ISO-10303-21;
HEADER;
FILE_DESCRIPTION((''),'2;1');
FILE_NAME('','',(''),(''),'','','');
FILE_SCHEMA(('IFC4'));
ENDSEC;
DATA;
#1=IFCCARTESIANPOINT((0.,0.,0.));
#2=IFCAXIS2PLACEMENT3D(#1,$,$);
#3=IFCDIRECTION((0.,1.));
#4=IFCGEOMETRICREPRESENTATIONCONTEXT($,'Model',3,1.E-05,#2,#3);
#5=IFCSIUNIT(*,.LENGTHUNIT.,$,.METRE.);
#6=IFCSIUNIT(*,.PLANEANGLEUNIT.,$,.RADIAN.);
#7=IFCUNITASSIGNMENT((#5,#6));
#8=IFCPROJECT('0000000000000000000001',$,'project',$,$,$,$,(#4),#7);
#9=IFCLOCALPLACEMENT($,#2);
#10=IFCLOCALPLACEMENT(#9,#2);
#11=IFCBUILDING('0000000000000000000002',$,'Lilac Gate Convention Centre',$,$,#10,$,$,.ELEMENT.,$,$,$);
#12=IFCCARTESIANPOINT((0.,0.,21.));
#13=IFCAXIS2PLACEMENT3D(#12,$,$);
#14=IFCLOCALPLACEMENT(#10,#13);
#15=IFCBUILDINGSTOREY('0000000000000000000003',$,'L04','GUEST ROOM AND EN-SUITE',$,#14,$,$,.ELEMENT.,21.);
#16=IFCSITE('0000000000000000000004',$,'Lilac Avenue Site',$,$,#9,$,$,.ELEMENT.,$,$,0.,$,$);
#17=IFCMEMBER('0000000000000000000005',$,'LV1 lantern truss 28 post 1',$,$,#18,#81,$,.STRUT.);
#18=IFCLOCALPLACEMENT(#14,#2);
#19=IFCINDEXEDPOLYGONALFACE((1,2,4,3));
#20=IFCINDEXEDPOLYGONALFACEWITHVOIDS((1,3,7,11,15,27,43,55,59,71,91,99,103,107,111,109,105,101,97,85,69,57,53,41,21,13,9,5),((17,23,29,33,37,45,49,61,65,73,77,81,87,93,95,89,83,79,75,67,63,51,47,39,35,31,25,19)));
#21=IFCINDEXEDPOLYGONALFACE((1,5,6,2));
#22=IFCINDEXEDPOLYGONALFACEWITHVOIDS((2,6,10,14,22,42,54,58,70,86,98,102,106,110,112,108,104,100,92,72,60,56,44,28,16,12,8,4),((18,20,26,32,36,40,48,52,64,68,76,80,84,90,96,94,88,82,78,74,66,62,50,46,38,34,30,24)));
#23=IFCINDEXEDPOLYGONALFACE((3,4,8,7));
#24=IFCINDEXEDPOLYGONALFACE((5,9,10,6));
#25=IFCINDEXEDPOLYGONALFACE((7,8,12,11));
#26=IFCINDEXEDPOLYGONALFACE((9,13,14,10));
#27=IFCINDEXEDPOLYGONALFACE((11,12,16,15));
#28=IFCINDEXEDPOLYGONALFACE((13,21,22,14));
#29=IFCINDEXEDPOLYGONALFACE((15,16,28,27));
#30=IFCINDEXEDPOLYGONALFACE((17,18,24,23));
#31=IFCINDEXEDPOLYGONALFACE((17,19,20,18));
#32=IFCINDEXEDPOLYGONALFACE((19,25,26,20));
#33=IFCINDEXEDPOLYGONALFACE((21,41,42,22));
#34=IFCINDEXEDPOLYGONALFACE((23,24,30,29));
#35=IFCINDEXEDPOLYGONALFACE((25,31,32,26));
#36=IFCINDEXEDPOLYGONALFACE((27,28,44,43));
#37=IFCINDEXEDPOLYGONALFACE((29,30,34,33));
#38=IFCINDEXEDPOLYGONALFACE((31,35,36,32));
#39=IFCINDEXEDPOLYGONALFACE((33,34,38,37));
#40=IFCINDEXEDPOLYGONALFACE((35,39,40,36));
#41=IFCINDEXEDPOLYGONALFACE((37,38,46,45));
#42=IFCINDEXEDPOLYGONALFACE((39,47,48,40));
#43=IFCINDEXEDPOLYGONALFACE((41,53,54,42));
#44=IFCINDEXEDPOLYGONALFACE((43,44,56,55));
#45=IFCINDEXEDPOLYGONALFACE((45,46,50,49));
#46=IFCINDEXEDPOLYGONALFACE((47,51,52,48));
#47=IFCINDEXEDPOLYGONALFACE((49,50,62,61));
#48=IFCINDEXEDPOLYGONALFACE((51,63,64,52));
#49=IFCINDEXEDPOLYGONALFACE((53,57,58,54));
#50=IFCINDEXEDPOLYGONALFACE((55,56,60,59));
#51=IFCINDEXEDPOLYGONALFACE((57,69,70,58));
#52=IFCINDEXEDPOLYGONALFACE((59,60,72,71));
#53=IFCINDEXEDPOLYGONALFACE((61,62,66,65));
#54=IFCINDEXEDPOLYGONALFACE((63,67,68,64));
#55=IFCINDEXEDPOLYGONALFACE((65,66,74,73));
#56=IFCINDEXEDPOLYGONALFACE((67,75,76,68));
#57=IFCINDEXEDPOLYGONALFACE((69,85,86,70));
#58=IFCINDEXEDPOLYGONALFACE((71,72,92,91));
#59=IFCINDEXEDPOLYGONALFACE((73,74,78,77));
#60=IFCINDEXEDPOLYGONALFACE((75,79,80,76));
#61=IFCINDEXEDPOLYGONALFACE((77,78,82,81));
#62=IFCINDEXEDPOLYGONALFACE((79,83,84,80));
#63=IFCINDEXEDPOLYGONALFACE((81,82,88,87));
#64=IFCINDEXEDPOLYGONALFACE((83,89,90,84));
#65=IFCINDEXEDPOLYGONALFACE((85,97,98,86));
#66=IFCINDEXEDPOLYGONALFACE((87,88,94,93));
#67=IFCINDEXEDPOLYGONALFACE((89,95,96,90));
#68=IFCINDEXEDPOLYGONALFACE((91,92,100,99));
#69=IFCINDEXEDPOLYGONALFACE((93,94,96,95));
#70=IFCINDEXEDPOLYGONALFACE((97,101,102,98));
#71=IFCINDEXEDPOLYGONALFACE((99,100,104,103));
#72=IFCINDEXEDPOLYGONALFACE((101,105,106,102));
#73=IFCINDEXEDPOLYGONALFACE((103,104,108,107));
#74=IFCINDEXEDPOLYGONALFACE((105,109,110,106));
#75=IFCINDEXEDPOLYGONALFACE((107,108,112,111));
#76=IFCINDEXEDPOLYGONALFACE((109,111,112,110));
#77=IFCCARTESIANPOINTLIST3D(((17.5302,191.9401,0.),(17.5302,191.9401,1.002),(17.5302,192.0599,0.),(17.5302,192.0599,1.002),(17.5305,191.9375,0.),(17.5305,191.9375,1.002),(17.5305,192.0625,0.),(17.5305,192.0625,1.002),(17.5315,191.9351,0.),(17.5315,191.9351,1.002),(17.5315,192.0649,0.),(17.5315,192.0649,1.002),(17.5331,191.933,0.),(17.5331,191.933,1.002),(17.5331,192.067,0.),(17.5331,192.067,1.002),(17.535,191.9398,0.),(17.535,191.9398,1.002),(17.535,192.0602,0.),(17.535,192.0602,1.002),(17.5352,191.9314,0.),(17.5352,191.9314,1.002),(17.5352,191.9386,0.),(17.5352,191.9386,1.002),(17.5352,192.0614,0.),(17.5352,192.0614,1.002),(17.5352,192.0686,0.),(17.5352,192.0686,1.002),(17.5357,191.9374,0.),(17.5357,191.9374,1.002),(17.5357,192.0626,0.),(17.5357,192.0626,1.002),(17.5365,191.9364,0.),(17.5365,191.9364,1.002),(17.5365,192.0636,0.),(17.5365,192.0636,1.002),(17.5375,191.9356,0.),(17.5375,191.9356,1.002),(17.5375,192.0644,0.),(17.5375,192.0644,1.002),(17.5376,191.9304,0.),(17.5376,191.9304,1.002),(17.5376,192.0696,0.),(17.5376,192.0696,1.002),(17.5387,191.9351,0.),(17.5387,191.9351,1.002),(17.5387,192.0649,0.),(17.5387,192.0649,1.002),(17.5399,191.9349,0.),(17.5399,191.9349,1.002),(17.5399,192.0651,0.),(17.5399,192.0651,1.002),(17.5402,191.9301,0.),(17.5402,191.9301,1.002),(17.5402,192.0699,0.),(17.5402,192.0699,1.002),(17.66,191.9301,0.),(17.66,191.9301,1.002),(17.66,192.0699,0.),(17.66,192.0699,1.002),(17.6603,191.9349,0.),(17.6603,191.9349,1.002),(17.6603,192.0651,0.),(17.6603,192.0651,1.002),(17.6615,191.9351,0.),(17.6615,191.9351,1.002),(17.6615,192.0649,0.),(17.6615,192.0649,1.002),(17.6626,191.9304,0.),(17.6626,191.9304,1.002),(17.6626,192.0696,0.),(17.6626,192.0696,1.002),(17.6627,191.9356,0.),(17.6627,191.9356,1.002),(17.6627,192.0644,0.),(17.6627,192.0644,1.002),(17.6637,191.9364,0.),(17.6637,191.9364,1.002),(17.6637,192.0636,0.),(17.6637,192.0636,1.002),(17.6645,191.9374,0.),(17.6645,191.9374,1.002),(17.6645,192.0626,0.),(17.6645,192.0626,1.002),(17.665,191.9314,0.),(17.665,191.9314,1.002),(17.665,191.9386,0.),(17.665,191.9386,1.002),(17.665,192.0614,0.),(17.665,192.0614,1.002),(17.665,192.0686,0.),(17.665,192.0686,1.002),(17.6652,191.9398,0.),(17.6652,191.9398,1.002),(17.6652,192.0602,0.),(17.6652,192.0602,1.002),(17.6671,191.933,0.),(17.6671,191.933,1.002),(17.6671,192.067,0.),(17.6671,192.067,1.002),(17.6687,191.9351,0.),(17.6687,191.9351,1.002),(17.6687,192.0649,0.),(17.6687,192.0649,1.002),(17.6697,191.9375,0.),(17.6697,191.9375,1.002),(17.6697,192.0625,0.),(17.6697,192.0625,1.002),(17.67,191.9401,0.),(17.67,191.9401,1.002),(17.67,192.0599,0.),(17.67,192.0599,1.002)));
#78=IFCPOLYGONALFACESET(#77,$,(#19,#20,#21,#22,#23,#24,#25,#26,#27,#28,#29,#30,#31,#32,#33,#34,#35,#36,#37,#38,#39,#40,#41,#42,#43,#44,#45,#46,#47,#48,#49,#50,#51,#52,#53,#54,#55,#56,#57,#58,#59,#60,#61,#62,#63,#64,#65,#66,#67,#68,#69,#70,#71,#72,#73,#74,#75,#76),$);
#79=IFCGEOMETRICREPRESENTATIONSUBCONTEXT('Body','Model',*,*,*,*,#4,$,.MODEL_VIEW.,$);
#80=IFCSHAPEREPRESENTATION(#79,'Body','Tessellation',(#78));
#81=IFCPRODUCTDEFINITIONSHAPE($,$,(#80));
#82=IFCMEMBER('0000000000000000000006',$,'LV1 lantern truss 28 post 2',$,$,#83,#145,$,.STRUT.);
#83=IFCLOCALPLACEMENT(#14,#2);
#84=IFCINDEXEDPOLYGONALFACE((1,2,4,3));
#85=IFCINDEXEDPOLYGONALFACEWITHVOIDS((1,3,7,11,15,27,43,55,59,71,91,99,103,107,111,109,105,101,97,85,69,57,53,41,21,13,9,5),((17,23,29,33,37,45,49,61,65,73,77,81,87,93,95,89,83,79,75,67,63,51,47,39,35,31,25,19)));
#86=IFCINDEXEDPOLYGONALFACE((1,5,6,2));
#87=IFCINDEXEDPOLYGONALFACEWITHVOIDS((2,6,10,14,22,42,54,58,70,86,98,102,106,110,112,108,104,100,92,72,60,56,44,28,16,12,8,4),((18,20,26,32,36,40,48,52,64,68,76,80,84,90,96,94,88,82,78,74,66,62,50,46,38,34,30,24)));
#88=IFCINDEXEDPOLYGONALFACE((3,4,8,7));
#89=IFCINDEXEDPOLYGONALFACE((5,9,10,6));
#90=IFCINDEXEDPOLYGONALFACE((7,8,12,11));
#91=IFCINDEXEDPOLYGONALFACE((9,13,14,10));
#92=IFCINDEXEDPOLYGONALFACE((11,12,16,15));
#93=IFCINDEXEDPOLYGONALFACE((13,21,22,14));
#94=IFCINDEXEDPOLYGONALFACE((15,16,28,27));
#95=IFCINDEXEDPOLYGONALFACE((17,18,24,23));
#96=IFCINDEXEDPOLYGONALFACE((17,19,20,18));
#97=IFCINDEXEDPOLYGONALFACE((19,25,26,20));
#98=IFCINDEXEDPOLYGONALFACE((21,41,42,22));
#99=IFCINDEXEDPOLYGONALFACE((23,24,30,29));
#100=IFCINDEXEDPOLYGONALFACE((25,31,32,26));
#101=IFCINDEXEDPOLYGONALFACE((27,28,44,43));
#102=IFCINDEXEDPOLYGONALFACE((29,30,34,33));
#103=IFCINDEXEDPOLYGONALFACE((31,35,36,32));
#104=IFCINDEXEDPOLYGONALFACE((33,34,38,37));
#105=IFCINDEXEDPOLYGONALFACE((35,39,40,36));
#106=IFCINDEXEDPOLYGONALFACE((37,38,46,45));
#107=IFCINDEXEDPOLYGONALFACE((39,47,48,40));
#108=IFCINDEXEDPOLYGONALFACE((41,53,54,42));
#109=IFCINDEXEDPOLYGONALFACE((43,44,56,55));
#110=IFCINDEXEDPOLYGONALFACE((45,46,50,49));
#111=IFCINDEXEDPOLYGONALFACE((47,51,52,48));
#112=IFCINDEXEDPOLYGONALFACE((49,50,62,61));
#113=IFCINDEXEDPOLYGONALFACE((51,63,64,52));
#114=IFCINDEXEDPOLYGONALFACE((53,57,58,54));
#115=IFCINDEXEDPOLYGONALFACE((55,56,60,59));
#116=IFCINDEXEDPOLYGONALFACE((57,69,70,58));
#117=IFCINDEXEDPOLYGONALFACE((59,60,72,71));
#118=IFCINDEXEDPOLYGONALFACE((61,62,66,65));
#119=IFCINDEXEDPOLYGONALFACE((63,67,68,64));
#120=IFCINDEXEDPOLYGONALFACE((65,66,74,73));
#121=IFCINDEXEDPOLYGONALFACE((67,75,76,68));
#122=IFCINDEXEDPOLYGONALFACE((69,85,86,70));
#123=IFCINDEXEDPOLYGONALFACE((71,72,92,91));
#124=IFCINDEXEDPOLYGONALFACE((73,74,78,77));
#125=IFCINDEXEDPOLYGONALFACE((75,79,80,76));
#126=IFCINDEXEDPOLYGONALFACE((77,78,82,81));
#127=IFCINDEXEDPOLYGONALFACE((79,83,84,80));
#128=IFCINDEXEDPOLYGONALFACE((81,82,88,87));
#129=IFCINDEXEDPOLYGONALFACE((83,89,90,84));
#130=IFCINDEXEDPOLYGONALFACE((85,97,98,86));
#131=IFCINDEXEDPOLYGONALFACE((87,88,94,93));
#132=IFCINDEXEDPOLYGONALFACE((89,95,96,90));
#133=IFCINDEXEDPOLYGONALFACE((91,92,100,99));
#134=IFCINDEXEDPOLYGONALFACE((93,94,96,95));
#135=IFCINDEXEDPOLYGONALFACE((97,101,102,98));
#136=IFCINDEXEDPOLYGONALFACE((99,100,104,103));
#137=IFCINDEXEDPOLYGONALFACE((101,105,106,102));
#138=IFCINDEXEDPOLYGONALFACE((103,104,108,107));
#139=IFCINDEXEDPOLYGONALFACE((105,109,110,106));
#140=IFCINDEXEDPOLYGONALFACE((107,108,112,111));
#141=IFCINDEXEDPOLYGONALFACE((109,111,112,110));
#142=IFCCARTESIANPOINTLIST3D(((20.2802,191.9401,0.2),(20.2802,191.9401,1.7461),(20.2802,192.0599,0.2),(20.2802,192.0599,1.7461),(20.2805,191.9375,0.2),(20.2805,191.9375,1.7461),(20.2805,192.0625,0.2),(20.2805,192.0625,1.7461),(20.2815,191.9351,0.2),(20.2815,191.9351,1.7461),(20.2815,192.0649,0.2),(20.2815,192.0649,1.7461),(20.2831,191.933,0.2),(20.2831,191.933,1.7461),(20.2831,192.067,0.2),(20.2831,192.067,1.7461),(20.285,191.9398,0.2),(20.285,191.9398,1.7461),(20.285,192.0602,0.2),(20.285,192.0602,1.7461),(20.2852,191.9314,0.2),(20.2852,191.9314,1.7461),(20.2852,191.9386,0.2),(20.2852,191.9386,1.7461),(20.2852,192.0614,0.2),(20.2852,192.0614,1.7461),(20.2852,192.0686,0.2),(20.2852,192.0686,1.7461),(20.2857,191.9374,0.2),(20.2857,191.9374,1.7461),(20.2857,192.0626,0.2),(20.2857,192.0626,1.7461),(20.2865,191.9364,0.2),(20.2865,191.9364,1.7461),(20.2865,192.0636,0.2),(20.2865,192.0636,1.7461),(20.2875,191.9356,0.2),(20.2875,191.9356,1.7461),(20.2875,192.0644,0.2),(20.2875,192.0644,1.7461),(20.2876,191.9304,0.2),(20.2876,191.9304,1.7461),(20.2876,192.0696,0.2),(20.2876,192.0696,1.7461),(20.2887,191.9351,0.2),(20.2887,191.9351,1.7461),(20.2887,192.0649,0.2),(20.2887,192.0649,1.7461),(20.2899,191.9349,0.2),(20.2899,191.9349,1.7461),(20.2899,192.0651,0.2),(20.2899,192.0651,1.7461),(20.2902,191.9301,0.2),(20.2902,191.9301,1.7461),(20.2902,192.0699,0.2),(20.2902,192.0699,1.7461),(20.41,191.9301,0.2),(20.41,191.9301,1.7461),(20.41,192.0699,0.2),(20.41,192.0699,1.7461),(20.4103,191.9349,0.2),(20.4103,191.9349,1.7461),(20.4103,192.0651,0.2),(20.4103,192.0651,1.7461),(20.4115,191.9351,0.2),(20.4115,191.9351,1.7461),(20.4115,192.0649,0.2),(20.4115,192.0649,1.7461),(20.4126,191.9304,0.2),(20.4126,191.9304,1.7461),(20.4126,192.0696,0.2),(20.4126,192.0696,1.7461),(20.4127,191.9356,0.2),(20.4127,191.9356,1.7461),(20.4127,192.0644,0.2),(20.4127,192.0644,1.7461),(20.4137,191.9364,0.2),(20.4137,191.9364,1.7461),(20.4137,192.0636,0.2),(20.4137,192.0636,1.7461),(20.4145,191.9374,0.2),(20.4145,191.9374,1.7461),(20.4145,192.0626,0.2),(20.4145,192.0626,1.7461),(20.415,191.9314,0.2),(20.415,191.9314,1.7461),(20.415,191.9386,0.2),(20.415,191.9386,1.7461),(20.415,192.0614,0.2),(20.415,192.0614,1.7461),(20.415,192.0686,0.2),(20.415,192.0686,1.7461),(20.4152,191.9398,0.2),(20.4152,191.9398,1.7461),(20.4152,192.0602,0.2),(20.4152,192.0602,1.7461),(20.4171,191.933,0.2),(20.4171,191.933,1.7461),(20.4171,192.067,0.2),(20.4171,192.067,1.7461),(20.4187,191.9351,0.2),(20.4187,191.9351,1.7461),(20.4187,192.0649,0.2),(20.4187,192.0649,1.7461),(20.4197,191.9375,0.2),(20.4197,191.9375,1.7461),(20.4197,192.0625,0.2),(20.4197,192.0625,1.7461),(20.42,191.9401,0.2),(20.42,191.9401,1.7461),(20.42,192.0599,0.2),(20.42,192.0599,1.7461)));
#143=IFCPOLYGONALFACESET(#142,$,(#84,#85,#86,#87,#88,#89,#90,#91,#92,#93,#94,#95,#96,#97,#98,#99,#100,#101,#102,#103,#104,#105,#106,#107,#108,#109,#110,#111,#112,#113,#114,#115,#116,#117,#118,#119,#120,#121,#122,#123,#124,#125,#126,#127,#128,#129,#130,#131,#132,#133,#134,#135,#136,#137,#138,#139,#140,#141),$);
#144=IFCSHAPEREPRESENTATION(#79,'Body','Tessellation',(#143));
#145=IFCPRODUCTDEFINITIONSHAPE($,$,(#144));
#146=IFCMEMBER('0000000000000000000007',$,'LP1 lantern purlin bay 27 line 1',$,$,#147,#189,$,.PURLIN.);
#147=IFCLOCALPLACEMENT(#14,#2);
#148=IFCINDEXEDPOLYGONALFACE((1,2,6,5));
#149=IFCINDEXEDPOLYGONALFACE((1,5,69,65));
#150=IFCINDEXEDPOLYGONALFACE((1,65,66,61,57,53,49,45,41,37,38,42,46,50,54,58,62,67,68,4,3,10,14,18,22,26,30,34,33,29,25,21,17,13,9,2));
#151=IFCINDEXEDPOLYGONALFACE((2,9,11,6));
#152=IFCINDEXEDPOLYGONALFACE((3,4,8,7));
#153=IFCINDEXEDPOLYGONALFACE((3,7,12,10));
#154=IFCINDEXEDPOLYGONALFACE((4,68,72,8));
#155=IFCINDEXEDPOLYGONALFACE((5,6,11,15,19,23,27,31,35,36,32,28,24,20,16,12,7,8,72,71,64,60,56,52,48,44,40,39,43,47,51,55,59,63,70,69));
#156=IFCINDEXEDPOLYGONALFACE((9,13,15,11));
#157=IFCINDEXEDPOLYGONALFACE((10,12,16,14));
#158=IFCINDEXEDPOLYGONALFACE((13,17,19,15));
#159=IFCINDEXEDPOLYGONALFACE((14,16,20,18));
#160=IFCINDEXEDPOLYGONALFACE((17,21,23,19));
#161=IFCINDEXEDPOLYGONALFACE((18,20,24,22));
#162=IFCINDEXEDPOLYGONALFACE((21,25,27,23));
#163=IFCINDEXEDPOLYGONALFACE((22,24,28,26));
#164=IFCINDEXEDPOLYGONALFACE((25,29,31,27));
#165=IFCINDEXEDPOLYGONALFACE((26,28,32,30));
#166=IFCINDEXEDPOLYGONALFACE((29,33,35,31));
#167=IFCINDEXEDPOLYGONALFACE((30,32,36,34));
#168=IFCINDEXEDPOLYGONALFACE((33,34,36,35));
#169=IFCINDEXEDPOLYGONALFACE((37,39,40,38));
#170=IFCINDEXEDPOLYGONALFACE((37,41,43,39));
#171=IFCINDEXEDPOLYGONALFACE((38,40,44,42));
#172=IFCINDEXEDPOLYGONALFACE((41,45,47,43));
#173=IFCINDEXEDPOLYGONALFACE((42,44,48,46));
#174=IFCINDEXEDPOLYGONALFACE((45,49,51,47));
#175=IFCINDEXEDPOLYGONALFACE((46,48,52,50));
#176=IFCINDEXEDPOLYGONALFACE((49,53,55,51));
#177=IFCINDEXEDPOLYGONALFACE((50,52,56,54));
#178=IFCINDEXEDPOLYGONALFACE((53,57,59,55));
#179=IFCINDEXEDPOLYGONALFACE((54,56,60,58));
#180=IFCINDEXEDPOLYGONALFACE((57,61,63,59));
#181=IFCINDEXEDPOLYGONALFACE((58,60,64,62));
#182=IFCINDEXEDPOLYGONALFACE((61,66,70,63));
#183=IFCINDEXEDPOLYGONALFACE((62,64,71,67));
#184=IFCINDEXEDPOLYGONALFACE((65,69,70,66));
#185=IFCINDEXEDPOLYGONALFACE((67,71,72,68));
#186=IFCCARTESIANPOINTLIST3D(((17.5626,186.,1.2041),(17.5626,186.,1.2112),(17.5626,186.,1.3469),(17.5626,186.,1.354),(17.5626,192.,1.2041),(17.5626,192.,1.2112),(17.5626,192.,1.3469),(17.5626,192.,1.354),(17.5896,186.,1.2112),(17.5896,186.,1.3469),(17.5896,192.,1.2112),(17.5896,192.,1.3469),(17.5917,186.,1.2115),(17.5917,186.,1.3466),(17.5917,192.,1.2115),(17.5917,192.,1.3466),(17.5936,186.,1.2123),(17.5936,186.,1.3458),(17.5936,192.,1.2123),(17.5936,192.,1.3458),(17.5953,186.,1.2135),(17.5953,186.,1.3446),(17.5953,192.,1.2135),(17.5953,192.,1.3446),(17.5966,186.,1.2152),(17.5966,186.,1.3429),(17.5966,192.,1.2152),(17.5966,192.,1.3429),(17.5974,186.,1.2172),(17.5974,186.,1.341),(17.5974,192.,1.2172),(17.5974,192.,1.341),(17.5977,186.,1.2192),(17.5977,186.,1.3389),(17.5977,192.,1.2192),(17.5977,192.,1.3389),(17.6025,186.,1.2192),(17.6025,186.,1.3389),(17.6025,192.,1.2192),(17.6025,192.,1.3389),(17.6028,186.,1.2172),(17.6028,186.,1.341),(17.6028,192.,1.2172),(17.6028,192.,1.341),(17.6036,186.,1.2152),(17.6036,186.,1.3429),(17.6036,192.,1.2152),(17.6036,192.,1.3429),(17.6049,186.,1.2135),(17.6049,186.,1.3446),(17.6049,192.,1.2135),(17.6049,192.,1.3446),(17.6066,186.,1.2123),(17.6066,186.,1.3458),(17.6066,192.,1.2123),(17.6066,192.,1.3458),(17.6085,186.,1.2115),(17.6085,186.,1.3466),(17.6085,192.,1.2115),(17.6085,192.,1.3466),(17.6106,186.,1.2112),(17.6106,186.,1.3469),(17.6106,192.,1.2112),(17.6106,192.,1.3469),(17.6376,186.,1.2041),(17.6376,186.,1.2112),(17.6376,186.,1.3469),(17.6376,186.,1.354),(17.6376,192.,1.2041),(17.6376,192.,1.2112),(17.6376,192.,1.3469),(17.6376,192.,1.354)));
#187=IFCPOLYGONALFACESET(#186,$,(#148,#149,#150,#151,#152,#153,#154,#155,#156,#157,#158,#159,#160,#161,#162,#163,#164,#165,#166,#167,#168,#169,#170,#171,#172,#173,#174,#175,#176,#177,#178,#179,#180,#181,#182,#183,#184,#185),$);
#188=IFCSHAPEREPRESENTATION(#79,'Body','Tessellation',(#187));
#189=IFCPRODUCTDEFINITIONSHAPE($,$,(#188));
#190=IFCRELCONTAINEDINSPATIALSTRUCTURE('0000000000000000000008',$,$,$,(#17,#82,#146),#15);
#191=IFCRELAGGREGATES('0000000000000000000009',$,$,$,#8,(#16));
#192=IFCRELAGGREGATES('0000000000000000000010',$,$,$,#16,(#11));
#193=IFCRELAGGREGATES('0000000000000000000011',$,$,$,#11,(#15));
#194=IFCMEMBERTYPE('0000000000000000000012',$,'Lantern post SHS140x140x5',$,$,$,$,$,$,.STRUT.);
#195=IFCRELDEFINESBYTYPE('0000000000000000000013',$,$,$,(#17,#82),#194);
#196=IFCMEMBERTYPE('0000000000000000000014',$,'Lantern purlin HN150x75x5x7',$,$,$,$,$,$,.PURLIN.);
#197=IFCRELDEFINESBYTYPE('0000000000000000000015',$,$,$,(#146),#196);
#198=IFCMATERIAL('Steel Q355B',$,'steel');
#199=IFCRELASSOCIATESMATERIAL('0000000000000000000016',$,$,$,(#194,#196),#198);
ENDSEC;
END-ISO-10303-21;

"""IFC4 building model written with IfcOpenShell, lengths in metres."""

from ifc_helpers import new_model, si_unit, direction, frame, origin, origin_2d, place, context, subcontext, project, spatial, hollow_rectangle, i_section, extrude, material, material_profile, profile_set, type_object, element, save


model = new_model("IFC4")

# Units and contexts
model_context = context("Model", 3, precision=1e-05, world=origin(), true_north=direction((0.0, 1.0)))
body_context = subcontext(model_context, "Body", "Model", "MODEL_VIEW")
ifc_project = project(units=[si_unit("LENGTHUNIT", "METRE"), si_unit("PLANEANGLEUNIT", "RADIAN")], contexts=[model_context])

# Site, building, storey
site_placement = place(None, origin())
site = spatial("IfcSite", under=ifc_project, at=site_placement, Name="Lilac Avenue Site", CompositionType="ELEMENT", RefElevation=0.0)
building_placement = place(site_placement, origin())
building = spatial("IfcBuilding", under=site, at=building_placement, Name="Lilac Gate Convention Centre", CompositionType="ELEMENT")
storey_placement = place(building_placement, frame((0.0, 0.0, 21.0)))
storey = spatial("IfcBuildingStorey", under=building, at=storey_placement, Name="L04", Description="GUEST ROOM AND EN-SUITE", CompositionType="ELEMENT", Elevation=21.0)

# Members
ifc_material_1 = material(Name="Steel Q355B", Category="steel")
ifc_material_profile_1 = material_profile(ifc_material_1, hollow_rectangle(XDim=0.1399, YDim=0.1399, WallThickness=0.0049, InnerFilletRadius=0.0049, OuterFilletRadius=0.01, at=origin_2d()), Name="SHS140x140x5")
ifc_profile_set_1 = profile_set([ifc_material_profile_1], Name="Steel Q355B")
member_type_1 = type_object("IfcMemberType", Name="Lantern post SHS140x140x5", PredefinedType="STRUT", material=ifc_profile_set_1)
member_1_placement = place(storey_placement, frame((17.6001, 192.0, 0.0), z_axis=(0.0, 0.0, 1.0), x_axis=(1.0, 0.0, 0.0)))
element("IfcMember", 1, at=member_1_placement, inside=storey, type_object=member_type_1, Name="LV1 lantern truss 28 post 1", PredefinedType="STRUT", context=body_context, shape_type="SweptSolid", body=[
    extrude(hollow_rectangle(XDim=0.1399, YDim=0.1399, WallThickness=0.0049, InnerFilletRadius=0.0049, OuterFilletRadius=0.01, at=origin_2d()), origin(), (0.0, 0.0, 1.0), 1.002),
])
member_2_placement = place(storey_placement, frame((20.3501, 192.0, 0.2), z_axis=(0.0, 0.0, 1.0), x_axis=(1.0, 0.0, 0.0)))
element("IfcMember", 2, at=member_2_placement, inside=storey, type_object=member_type_1, Name="LV1 lantern truss 28 post 2", PredefinedType="STRUT", context=body_context, shape_type="SweptSolid", body=[
    extrude(hollow_rectangle(XDim=0.1399, YDim=0.1399, WallThickness=0.0049, InnerFilletRadius=0.0049, OuterFilletRadius=0.01, at=origin_2d()), origin(), (0.0, 0.0, 1.0), 1.5461),
])
ifc_material_profile_2 = material_profile(ifc_material_1, i_section(OverallWidth=0.075, OverallDepth=0.1499, WebThickness=0.0049, FlangeThickness=0.0071, FilletRadius=0.0081, at=origin_2d()), Name="HN150x75x5x7")
ifc_profile_set_2 = profile_set([ifc_material_profile_2], Name="Steel Q355B")
member_type_2 = type_object("IfcMemberType", Name="Lantern purlin HN150x75x5x7", PredefinedType="PURLIN", material=ifc_profile_set_2)
for number, where, z_axis, x_axis, name in (
    (3, (17.6001, 186.0, 1.2791), (0.0, 1.0, 0.0), (-1.0, 0.0, 0.0), "LP1 lantern purlin bay 27 line 1"),
):
    element("IfcMember", number, at=place(storey_placement, frame(where, z_axis=z_axis, x_axis=x_axis)), inside=storey, type_object=member_type_2, Name=name, PredefinedType="PURLIN", context=body_context, shape_type="SweptSolid", body=[
        extrude(i_section(OverallWidth=0.075, OverallDepth=0.1499, WebThickness=0.0049, FlangeThickness=0.0071, FilletRadius=0.0081, at=origin_2d()), origin(), (0.0, 0.0, 1.0), 6.0),
    ])

save(model, "model.ifc")
